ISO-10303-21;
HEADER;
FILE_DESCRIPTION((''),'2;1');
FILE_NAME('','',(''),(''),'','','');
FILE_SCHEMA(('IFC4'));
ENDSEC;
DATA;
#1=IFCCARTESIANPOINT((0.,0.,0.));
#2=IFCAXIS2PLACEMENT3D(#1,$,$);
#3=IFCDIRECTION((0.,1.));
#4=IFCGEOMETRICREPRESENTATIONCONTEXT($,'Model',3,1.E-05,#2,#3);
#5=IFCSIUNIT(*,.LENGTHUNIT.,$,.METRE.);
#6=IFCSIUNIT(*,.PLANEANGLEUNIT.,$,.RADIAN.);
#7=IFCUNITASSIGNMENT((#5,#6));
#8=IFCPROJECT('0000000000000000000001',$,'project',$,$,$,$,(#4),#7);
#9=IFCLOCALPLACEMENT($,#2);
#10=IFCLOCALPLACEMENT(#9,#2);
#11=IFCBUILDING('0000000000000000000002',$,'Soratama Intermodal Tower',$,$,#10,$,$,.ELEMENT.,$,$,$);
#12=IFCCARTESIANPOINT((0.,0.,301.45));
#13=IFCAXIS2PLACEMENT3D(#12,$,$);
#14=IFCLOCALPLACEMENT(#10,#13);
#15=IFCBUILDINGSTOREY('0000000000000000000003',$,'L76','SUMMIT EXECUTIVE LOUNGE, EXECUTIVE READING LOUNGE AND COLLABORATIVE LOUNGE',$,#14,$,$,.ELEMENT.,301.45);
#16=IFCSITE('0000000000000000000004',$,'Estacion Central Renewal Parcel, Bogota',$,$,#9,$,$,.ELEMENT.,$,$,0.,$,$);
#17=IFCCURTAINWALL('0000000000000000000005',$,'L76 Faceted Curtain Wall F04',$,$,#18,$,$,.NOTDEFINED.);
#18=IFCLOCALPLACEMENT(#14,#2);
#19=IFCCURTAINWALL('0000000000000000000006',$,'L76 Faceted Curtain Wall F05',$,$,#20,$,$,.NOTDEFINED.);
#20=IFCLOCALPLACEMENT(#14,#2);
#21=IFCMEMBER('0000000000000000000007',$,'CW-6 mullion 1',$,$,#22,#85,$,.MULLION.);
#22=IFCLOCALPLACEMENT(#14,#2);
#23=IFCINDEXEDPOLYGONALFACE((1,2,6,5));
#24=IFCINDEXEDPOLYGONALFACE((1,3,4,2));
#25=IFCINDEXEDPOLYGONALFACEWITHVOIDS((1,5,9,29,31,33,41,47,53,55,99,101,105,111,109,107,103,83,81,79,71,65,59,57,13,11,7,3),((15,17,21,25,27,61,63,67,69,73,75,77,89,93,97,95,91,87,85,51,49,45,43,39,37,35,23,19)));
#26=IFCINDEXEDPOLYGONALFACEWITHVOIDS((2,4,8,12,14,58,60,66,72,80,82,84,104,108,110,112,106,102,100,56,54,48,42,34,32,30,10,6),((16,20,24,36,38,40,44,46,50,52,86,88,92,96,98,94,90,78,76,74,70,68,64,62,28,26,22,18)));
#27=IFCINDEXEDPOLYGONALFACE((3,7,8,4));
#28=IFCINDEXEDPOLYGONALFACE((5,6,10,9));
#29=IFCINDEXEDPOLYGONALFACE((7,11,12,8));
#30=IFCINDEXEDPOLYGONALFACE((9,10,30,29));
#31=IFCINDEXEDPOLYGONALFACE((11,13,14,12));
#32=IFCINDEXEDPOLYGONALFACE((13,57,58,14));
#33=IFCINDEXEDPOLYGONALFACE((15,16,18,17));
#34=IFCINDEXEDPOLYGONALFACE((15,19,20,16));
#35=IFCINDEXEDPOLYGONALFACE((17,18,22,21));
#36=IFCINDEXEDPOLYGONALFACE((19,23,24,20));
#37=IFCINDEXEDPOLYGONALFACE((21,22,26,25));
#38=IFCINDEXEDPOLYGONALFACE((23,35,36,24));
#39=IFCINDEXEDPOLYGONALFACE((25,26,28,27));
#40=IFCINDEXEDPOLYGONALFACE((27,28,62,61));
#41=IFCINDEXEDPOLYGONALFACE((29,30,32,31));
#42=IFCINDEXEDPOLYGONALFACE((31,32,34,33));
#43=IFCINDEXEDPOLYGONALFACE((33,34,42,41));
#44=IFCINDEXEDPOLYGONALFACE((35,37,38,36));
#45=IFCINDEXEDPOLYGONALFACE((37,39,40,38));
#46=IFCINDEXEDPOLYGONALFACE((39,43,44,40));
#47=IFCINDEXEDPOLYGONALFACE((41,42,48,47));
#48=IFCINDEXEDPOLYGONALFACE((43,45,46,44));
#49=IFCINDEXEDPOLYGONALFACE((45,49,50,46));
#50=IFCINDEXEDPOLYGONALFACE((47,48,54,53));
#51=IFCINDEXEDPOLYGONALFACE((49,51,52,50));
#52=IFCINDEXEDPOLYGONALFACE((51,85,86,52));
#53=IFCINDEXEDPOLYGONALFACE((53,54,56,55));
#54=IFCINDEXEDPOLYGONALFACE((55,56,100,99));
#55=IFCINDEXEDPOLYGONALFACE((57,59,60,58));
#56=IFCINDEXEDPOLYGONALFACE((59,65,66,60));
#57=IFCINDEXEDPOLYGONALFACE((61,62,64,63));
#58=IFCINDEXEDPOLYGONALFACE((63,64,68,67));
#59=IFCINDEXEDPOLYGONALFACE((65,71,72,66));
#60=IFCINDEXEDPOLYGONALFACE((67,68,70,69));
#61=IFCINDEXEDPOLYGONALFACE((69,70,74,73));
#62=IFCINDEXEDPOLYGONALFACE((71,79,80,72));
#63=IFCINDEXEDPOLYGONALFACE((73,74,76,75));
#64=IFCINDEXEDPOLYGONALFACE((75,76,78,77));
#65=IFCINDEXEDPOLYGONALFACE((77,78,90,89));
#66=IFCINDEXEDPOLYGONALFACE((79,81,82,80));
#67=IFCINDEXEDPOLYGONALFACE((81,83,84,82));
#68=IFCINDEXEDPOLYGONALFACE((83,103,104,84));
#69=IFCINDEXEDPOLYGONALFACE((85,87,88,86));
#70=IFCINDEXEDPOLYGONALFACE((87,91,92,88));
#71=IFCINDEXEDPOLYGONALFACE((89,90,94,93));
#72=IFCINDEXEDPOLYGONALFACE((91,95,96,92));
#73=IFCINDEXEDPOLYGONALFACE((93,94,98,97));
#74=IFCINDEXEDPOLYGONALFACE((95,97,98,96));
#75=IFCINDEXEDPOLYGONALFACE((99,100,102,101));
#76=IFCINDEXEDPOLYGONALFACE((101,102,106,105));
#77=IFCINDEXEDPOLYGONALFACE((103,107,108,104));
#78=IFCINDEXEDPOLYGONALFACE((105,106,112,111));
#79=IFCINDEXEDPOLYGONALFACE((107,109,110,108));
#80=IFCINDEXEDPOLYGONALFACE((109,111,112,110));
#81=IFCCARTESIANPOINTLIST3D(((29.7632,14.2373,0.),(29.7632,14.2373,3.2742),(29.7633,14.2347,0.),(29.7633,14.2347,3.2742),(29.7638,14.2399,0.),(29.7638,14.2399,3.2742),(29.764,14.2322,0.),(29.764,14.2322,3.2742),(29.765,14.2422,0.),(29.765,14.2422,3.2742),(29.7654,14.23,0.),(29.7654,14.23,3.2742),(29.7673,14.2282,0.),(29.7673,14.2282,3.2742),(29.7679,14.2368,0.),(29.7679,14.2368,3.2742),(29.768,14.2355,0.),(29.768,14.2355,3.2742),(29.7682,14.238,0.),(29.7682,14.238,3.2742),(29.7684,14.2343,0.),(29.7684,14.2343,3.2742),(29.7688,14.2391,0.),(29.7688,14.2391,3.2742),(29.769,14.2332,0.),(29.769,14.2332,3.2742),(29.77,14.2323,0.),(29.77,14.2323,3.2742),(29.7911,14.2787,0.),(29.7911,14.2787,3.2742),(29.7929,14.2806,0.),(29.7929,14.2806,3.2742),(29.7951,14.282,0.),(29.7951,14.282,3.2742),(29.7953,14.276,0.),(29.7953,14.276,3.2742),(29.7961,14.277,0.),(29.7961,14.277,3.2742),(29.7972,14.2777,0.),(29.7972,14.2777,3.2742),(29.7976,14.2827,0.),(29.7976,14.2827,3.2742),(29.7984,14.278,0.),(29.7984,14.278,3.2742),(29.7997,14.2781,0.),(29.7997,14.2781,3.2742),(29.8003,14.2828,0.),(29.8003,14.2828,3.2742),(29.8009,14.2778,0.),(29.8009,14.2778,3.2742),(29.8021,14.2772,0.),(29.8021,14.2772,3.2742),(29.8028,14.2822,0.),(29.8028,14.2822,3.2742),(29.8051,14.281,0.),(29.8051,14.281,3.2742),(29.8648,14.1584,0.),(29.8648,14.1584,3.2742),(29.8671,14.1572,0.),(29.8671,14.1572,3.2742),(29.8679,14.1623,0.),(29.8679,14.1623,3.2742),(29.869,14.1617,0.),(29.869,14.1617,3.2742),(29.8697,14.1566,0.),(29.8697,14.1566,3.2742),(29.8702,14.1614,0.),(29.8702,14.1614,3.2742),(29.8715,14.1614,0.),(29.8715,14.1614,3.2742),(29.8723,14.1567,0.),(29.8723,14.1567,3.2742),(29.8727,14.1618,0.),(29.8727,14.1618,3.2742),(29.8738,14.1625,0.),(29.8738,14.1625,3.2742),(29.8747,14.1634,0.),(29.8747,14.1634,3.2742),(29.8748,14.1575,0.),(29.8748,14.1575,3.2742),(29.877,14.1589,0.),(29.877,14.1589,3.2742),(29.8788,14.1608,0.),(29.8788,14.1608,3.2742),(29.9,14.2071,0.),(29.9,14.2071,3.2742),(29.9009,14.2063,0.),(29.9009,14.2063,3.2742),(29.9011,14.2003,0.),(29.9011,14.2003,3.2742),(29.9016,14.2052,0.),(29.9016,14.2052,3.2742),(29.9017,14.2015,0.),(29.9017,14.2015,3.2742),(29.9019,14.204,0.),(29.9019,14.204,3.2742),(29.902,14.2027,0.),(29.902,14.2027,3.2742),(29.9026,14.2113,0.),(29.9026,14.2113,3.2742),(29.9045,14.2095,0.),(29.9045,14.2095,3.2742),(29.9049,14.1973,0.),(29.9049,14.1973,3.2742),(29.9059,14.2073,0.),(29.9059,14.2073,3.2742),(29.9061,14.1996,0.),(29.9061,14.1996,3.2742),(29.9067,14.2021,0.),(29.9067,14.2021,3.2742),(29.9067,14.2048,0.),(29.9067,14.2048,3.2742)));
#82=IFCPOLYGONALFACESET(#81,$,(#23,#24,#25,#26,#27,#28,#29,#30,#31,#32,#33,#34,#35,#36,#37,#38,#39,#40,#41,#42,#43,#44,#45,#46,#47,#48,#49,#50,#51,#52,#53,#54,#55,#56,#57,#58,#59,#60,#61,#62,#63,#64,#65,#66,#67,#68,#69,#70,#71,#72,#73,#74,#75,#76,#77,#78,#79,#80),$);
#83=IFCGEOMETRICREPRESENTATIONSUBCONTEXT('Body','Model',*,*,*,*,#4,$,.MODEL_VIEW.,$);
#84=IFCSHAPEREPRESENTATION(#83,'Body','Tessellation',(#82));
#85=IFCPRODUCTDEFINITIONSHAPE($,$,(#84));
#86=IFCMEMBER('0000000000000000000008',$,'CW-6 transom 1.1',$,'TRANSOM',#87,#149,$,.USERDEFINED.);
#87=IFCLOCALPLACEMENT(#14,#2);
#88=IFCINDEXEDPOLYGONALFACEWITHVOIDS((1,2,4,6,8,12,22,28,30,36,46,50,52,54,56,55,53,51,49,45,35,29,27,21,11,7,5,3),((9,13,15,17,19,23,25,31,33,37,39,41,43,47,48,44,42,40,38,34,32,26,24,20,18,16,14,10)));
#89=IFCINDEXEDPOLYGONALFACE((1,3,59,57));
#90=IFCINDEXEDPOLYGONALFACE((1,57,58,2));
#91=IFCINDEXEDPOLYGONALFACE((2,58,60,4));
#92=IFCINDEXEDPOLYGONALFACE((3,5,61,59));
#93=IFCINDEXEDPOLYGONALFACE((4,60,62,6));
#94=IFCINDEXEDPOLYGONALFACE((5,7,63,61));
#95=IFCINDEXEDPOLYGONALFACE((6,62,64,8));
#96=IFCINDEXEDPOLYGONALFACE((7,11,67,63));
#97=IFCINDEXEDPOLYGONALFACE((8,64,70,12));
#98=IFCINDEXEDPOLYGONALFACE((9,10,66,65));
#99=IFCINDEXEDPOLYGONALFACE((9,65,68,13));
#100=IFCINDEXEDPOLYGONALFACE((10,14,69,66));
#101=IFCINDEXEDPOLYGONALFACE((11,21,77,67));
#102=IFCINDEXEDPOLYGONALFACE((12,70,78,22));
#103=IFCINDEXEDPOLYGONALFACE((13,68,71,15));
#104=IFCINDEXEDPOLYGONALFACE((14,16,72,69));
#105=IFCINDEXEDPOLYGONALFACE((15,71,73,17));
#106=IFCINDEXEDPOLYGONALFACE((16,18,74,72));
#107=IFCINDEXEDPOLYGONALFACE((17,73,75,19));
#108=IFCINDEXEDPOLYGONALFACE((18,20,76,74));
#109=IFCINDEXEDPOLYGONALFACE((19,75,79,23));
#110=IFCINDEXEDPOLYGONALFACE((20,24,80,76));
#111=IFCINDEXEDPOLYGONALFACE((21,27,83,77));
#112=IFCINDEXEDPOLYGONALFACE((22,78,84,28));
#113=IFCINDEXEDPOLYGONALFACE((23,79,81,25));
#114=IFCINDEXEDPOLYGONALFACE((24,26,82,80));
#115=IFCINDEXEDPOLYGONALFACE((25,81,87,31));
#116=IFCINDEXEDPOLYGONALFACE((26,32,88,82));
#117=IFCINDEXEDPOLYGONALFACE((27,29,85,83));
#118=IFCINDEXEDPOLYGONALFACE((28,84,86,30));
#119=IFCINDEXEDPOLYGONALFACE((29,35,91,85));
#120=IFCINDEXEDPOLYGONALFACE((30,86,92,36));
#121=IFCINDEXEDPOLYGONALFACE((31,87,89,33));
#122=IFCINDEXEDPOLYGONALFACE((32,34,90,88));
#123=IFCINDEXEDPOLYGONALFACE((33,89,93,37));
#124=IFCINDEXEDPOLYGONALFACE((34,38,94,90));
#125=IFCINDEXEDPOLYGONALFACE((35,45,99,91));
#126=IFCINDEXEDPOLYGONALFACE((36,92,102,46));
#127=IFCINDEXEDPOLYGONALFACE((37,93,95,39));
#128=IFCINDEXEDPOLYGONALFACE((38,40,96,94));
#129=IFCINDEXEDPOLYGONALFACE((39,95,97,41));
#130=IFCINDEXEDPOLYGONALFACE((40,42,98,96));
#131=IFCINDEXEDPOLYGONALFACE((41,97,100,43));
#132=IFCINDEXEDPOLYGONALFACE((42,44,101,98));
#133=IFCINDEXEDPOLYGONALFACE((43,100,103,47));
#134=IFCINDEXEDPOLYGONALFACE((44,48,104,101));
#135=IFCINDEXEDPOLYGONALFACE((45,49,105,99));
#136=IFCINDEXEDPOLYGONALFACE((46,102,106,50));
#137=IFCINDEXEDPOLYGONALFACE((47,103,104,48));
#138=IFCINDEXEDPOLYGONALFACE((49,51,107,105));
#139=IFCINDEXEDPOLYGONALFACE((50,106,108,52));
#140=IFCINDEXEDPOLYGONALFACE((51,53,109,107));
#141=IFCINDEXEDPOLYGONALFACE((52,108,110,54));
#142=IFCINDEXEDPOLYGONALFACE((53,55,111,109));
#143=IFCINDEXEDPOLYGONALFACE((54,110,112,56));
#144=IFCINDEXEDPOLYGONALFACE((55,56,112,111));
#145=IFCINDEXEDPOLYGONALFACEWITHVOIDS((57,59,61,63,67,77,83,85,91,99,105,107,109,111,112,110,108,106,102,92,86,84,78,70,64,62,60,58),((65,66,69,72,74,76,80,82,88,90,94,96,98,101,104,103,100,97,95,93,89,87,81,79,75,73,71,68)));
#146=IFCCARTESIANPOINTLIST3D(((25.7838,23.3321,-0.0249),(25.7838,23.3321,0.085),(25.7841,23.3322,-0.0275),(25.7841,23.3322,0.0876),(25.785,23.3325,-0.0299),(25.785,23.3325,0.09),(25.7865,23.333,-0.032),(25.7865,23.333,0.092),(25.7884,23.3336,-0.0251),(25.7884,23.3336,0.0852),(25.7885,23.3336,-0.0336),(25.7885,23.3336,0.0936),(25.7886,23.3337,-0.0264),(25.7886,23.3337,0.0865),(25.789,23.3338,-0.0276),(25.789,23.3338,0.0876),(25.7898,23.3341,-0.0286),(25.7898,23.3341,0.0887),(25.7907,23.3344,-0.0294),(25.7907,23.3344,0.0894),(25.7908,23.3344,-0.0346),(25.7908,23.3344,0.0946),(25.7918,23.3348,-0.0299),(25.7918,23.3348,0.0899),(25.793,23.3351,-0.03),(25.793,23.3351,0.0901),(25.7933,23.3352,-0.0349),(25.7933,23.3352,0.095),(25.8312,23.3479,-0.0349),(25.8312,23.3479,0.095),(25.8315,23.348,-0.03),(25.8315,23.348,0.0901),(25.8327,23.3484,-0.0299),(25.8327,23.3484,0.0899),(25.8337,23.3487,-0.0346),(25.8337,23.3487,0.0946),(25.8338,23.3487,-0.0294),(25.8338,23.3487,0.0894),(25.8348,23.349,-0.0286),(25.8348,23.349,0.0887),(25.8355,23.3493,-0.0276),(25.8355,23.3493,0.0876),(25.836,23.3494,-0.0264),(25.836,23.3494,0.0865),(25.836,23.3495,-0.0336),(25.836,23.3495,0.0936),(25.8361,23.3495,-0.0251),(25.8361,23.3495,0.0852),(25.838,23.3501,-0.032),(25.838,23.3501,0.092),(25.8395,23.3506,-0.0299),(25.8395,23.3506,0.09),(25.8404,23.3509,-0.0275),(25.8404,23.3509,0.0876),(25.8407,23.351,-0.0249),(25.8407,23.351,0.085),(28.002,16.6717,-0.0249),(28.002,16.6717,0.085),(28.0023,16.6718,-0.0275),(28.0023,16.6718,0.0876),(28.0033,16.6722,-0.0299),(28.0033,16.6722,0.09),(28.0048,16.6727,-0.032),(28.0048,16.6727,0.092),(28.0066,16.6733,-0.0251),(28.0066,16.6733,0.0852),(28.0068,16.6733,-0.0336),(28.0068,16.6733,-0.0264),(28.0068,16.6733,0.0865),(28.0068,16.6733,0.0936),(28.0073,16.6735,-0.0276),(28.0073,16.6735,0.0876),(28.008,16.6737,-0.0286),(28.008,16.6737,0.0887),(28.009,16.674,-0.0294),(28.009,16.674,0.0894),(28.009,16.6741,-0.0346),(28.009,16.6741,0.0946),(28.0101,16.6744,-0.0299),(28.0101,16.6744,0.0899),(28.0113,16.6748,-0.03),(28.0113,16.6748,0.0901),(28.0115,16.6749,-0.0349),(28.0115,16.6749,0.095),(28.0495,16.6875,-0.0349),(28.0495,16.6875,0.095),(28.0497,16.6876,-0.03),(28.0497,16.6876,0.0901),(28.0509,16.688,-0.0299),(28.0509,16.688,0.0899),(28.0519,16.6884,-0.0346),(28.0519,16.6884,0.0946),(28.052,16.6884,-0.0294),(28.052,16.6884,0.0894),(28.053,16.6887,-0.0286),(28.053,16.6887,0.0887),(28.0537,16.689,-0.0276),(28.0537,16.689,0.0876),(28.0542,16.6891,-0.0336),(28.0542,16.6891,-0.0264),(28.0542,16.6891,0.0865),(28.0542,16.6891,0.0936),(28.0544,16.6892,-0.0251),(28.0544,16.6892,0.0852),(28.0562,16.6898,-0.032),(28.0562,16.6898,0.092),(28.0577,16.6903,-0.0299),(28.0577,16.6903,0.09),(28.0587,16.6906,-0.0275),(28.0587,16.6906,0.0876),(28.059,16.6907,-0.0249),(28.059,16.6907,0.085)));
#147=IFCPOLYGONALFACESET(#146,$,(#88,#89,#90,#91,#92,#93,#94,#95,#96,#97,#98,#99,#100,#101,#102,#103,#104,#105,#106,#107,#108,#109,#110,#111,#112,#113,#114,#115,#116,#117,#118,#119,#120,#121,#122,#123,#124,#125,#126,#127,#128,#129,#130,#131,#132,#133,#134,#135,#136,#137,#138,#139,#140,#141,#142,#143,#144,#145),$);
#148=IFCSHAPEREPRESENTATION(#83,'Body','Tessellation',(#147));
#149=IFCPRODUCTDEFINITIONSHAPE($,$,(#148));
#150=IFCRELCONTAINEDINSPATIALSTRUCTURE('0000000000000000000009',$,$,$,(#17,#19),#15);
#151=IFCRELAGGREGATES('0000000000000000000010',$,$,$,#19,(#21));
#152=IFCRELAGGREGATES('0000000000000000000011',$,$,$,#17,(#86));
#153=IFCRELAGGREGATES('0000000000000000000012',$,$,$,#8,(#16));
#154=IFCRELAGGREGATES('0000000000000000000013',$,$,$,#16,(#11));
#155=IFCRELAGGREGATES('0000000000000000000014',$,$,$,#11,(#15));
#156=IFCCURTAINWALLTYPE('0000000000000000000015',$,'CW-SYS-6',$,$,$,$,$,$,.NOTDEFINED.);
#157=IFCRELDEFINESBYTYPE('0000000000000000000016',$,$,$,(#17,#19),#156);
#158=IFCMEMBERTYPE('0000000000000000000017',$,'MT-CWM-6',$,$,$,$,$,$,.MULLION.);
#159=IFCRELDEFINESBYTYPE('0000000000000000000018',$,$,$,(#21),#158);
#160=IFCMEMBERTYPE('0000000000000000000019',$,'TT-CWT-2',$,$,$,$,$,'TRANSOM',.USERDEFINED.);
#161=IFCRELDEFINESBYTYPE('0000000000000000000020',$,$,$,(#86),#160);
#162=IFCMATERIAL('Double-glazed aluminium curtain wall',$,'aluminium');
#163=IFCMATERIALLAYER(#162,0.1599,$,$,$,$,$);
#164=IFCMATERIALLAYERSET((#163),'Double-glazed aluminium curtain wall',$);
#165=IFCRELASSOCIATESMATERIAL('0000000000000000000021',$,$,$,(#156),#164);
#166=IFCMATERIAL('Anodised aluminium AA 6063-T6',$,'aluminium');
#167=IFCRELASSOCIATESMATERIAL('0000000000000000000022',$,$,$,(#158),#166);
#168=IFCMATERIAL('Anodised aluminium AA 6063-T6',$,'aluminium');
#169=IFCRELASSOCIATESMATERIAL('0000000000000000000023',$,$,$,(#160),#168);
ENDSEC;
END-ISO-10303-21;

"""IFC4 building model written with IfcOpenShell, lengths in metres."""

from ifc_helpers import new_model, si_unit, direction, frame, origin, origin_2d, place, context, subcontext, project, spatial, hollow_rectangle, extrude, material, layer, layer_set, material_profile, profile_set, type_object, element, aggregate, save


model = new_model("IFC4")

# Units and contexts
model_context = context("Model", 3, precision=1e-05, world=origin(), true_north=direction((0.0, 1.0)))
body_context = subcontext(model_context, "Body", "Model", "MODEL_VIEW")
ifc_project = project(units=[si_unit("LENGTHUNIT", "METRE"), si_unit("PLANEANGLEUNIT", "RADIAN")], contexts=[model_context])

# Site, building, storey
site_placement = place(None, origin())
site = spatial("IfcSite", under=ifc_project, at=site_placement, Name="Estacion Central Renewal Parcel, Bogota", CompositionType="ELEMENT", RefElevation=0.0)
building_placement = place(site_placement, origin())
building = spatial("IfcBuilding", under=site, at=building_placement, Name="Soratama Intermodal Tower", CompositionType="ELEMENT")
storey_placement = place(building_placement, frame((0.0, 0.0, 301.45)))
storey = spatial("IfcBuildingStorey", under=building, at=storey_placement, Name="L76", Description="SUMMIT EXECUTIVE LOUNGE, EXECUTIVE READING LOUNGE AND COLLABORATIVE LOUNGE", CompositionType="ELEMENT", Elevation=301.45)

# Curtain wall
ifc_material_1 = material(Name="Double-glazed aluminium curtain wall", Category="aluminium")
ifc_layer_1 = layer(ifc_material_1, 0.1599)
ifc_layer_set_1 = layer_set([ifc_layer_1], Name="Double-glazed aluminium curtain wall")
curtain_wall_type = type_object("IfcCurtainWallType", Name="CW-SYS-6", PredefinedType="NOTDEFINED", material=ifc_layer_set_1)
curtain_wall_1_placement = place(storey_placement, origin())
curtain_wall_1 = element("IfcCurtainWall", 1, at=curtain_wall_1_placement, inside=storey, type_object=curtain_wall_type, Name="L76 Faceted Curtain Wall F04", PredefinedType="NOTDEFINED")
ifc_material_2 = material(Name="Anodised aluminium AA 6063-T6", Category="aluminium")
ifc_material_profile_1 = material_profile(ifc_material_2, hollow_rectangle(XDim=0.0649, YDim=0.1399, WallThickness=0.0049, InnerFilletRadius=0.0049, OuterFilletRadius=0.01, at=origin_2d()), Name="CWM140X65X5")
ifc_profile_set_1 = profile_set([ifc_material_profile_1], Name="Anodised aluminium AA 6063-T6")
member_type_1 = type_object("IfcMemberType", Name="MT-CWM-6", PredefinedType="MULLION", material=ifc_profile_set_1)

# Curtain wall, member
curtain_wall_2_placement = place(storey_placement, origin())
curtain_wall_2 = element("IfcCurtainWall", 2, at=curtain_wall_2_placement, inside=storey, type_object=curtain_wall_type, Name="L76 Faceted Curtain Wall F05", PredefinedType="NOTDEFINED")
member_1_placement = place(storey_placement, frame((29.835, 14.2197, 0.0), z_axis=(0.0, 0.0, 1.0), x_axis=(0.581838, 0.813305, 0.0)))
member_1 = element("IfcMember", 3, at=member_1_placement, type_object=member_type_1, Name="CW-6 mullion 1", PredefinedType="MULLION", context=body_context, shape_type="SweptSolid", body=[
    extrude(hollow_rectangle(XDim=0.0649, YDim=0.1399, WallThickness=0.0049, InnerFilletRadius=0.0049, OuterFilletRadius=0.01, at=origin_2d()), origin(), (0.0, 0.0, 1.0), 3.2742),
])

# Member
ifc_material_3 = material(Name="Anodised aluminium AA 6063-T6", Category="aluminium")
ifc_material_profile_2 = material_profile(ifc_material_3, hollow_rectangle(XDim=0.0601, YDim=0.1299, WallThickness=0.0049, InnerFilletRadius=0.0049, OuterFilletRadius=0.01, at=origin_2d()), Name="CWT130X60X5")
ifc_profile_set_2 = profile_set([ifc_material_profile_2], Name="Anodised aluminium AA 6063-T6")
member_type_2 = type_object("IfcMemberType", Name="TT-CWT-2", ElementType="TRANSOM", PredefinedType="USERDEFINED", material=ifc_profile_set_2)
member_2_placement = place(storey_placement, frame((25.8123, 23.3416, 0.03), z_axis=(0.315988, -0.948763, 0.0), x_axis=(0.948763, 0.315988, 0.0)))
member_2 = element("IfcMember", 4, at=member_2_placement, type_object=member_type_2, Name="CW-6 transom 1.1", ObjectType="TRANSOM", PredefinedType="USERDEFINED", context=body_context, shape_type="SweptSolid", body=[
    extrude(hollow_rectangle(XDim=0.0601, YDim=0.1299, WallThickness=0.0049, InnerFilletRadius=0.0049, OuterFilletRadius=0.01, at=origin_2d()), origin(), (0.0, 0.0, 1.0), 7.02),
])
aggregate(curtain_wall_2, [member_1])

aggregate(curtain_wall_1, [member_2])

save(model, "model.ifc")
